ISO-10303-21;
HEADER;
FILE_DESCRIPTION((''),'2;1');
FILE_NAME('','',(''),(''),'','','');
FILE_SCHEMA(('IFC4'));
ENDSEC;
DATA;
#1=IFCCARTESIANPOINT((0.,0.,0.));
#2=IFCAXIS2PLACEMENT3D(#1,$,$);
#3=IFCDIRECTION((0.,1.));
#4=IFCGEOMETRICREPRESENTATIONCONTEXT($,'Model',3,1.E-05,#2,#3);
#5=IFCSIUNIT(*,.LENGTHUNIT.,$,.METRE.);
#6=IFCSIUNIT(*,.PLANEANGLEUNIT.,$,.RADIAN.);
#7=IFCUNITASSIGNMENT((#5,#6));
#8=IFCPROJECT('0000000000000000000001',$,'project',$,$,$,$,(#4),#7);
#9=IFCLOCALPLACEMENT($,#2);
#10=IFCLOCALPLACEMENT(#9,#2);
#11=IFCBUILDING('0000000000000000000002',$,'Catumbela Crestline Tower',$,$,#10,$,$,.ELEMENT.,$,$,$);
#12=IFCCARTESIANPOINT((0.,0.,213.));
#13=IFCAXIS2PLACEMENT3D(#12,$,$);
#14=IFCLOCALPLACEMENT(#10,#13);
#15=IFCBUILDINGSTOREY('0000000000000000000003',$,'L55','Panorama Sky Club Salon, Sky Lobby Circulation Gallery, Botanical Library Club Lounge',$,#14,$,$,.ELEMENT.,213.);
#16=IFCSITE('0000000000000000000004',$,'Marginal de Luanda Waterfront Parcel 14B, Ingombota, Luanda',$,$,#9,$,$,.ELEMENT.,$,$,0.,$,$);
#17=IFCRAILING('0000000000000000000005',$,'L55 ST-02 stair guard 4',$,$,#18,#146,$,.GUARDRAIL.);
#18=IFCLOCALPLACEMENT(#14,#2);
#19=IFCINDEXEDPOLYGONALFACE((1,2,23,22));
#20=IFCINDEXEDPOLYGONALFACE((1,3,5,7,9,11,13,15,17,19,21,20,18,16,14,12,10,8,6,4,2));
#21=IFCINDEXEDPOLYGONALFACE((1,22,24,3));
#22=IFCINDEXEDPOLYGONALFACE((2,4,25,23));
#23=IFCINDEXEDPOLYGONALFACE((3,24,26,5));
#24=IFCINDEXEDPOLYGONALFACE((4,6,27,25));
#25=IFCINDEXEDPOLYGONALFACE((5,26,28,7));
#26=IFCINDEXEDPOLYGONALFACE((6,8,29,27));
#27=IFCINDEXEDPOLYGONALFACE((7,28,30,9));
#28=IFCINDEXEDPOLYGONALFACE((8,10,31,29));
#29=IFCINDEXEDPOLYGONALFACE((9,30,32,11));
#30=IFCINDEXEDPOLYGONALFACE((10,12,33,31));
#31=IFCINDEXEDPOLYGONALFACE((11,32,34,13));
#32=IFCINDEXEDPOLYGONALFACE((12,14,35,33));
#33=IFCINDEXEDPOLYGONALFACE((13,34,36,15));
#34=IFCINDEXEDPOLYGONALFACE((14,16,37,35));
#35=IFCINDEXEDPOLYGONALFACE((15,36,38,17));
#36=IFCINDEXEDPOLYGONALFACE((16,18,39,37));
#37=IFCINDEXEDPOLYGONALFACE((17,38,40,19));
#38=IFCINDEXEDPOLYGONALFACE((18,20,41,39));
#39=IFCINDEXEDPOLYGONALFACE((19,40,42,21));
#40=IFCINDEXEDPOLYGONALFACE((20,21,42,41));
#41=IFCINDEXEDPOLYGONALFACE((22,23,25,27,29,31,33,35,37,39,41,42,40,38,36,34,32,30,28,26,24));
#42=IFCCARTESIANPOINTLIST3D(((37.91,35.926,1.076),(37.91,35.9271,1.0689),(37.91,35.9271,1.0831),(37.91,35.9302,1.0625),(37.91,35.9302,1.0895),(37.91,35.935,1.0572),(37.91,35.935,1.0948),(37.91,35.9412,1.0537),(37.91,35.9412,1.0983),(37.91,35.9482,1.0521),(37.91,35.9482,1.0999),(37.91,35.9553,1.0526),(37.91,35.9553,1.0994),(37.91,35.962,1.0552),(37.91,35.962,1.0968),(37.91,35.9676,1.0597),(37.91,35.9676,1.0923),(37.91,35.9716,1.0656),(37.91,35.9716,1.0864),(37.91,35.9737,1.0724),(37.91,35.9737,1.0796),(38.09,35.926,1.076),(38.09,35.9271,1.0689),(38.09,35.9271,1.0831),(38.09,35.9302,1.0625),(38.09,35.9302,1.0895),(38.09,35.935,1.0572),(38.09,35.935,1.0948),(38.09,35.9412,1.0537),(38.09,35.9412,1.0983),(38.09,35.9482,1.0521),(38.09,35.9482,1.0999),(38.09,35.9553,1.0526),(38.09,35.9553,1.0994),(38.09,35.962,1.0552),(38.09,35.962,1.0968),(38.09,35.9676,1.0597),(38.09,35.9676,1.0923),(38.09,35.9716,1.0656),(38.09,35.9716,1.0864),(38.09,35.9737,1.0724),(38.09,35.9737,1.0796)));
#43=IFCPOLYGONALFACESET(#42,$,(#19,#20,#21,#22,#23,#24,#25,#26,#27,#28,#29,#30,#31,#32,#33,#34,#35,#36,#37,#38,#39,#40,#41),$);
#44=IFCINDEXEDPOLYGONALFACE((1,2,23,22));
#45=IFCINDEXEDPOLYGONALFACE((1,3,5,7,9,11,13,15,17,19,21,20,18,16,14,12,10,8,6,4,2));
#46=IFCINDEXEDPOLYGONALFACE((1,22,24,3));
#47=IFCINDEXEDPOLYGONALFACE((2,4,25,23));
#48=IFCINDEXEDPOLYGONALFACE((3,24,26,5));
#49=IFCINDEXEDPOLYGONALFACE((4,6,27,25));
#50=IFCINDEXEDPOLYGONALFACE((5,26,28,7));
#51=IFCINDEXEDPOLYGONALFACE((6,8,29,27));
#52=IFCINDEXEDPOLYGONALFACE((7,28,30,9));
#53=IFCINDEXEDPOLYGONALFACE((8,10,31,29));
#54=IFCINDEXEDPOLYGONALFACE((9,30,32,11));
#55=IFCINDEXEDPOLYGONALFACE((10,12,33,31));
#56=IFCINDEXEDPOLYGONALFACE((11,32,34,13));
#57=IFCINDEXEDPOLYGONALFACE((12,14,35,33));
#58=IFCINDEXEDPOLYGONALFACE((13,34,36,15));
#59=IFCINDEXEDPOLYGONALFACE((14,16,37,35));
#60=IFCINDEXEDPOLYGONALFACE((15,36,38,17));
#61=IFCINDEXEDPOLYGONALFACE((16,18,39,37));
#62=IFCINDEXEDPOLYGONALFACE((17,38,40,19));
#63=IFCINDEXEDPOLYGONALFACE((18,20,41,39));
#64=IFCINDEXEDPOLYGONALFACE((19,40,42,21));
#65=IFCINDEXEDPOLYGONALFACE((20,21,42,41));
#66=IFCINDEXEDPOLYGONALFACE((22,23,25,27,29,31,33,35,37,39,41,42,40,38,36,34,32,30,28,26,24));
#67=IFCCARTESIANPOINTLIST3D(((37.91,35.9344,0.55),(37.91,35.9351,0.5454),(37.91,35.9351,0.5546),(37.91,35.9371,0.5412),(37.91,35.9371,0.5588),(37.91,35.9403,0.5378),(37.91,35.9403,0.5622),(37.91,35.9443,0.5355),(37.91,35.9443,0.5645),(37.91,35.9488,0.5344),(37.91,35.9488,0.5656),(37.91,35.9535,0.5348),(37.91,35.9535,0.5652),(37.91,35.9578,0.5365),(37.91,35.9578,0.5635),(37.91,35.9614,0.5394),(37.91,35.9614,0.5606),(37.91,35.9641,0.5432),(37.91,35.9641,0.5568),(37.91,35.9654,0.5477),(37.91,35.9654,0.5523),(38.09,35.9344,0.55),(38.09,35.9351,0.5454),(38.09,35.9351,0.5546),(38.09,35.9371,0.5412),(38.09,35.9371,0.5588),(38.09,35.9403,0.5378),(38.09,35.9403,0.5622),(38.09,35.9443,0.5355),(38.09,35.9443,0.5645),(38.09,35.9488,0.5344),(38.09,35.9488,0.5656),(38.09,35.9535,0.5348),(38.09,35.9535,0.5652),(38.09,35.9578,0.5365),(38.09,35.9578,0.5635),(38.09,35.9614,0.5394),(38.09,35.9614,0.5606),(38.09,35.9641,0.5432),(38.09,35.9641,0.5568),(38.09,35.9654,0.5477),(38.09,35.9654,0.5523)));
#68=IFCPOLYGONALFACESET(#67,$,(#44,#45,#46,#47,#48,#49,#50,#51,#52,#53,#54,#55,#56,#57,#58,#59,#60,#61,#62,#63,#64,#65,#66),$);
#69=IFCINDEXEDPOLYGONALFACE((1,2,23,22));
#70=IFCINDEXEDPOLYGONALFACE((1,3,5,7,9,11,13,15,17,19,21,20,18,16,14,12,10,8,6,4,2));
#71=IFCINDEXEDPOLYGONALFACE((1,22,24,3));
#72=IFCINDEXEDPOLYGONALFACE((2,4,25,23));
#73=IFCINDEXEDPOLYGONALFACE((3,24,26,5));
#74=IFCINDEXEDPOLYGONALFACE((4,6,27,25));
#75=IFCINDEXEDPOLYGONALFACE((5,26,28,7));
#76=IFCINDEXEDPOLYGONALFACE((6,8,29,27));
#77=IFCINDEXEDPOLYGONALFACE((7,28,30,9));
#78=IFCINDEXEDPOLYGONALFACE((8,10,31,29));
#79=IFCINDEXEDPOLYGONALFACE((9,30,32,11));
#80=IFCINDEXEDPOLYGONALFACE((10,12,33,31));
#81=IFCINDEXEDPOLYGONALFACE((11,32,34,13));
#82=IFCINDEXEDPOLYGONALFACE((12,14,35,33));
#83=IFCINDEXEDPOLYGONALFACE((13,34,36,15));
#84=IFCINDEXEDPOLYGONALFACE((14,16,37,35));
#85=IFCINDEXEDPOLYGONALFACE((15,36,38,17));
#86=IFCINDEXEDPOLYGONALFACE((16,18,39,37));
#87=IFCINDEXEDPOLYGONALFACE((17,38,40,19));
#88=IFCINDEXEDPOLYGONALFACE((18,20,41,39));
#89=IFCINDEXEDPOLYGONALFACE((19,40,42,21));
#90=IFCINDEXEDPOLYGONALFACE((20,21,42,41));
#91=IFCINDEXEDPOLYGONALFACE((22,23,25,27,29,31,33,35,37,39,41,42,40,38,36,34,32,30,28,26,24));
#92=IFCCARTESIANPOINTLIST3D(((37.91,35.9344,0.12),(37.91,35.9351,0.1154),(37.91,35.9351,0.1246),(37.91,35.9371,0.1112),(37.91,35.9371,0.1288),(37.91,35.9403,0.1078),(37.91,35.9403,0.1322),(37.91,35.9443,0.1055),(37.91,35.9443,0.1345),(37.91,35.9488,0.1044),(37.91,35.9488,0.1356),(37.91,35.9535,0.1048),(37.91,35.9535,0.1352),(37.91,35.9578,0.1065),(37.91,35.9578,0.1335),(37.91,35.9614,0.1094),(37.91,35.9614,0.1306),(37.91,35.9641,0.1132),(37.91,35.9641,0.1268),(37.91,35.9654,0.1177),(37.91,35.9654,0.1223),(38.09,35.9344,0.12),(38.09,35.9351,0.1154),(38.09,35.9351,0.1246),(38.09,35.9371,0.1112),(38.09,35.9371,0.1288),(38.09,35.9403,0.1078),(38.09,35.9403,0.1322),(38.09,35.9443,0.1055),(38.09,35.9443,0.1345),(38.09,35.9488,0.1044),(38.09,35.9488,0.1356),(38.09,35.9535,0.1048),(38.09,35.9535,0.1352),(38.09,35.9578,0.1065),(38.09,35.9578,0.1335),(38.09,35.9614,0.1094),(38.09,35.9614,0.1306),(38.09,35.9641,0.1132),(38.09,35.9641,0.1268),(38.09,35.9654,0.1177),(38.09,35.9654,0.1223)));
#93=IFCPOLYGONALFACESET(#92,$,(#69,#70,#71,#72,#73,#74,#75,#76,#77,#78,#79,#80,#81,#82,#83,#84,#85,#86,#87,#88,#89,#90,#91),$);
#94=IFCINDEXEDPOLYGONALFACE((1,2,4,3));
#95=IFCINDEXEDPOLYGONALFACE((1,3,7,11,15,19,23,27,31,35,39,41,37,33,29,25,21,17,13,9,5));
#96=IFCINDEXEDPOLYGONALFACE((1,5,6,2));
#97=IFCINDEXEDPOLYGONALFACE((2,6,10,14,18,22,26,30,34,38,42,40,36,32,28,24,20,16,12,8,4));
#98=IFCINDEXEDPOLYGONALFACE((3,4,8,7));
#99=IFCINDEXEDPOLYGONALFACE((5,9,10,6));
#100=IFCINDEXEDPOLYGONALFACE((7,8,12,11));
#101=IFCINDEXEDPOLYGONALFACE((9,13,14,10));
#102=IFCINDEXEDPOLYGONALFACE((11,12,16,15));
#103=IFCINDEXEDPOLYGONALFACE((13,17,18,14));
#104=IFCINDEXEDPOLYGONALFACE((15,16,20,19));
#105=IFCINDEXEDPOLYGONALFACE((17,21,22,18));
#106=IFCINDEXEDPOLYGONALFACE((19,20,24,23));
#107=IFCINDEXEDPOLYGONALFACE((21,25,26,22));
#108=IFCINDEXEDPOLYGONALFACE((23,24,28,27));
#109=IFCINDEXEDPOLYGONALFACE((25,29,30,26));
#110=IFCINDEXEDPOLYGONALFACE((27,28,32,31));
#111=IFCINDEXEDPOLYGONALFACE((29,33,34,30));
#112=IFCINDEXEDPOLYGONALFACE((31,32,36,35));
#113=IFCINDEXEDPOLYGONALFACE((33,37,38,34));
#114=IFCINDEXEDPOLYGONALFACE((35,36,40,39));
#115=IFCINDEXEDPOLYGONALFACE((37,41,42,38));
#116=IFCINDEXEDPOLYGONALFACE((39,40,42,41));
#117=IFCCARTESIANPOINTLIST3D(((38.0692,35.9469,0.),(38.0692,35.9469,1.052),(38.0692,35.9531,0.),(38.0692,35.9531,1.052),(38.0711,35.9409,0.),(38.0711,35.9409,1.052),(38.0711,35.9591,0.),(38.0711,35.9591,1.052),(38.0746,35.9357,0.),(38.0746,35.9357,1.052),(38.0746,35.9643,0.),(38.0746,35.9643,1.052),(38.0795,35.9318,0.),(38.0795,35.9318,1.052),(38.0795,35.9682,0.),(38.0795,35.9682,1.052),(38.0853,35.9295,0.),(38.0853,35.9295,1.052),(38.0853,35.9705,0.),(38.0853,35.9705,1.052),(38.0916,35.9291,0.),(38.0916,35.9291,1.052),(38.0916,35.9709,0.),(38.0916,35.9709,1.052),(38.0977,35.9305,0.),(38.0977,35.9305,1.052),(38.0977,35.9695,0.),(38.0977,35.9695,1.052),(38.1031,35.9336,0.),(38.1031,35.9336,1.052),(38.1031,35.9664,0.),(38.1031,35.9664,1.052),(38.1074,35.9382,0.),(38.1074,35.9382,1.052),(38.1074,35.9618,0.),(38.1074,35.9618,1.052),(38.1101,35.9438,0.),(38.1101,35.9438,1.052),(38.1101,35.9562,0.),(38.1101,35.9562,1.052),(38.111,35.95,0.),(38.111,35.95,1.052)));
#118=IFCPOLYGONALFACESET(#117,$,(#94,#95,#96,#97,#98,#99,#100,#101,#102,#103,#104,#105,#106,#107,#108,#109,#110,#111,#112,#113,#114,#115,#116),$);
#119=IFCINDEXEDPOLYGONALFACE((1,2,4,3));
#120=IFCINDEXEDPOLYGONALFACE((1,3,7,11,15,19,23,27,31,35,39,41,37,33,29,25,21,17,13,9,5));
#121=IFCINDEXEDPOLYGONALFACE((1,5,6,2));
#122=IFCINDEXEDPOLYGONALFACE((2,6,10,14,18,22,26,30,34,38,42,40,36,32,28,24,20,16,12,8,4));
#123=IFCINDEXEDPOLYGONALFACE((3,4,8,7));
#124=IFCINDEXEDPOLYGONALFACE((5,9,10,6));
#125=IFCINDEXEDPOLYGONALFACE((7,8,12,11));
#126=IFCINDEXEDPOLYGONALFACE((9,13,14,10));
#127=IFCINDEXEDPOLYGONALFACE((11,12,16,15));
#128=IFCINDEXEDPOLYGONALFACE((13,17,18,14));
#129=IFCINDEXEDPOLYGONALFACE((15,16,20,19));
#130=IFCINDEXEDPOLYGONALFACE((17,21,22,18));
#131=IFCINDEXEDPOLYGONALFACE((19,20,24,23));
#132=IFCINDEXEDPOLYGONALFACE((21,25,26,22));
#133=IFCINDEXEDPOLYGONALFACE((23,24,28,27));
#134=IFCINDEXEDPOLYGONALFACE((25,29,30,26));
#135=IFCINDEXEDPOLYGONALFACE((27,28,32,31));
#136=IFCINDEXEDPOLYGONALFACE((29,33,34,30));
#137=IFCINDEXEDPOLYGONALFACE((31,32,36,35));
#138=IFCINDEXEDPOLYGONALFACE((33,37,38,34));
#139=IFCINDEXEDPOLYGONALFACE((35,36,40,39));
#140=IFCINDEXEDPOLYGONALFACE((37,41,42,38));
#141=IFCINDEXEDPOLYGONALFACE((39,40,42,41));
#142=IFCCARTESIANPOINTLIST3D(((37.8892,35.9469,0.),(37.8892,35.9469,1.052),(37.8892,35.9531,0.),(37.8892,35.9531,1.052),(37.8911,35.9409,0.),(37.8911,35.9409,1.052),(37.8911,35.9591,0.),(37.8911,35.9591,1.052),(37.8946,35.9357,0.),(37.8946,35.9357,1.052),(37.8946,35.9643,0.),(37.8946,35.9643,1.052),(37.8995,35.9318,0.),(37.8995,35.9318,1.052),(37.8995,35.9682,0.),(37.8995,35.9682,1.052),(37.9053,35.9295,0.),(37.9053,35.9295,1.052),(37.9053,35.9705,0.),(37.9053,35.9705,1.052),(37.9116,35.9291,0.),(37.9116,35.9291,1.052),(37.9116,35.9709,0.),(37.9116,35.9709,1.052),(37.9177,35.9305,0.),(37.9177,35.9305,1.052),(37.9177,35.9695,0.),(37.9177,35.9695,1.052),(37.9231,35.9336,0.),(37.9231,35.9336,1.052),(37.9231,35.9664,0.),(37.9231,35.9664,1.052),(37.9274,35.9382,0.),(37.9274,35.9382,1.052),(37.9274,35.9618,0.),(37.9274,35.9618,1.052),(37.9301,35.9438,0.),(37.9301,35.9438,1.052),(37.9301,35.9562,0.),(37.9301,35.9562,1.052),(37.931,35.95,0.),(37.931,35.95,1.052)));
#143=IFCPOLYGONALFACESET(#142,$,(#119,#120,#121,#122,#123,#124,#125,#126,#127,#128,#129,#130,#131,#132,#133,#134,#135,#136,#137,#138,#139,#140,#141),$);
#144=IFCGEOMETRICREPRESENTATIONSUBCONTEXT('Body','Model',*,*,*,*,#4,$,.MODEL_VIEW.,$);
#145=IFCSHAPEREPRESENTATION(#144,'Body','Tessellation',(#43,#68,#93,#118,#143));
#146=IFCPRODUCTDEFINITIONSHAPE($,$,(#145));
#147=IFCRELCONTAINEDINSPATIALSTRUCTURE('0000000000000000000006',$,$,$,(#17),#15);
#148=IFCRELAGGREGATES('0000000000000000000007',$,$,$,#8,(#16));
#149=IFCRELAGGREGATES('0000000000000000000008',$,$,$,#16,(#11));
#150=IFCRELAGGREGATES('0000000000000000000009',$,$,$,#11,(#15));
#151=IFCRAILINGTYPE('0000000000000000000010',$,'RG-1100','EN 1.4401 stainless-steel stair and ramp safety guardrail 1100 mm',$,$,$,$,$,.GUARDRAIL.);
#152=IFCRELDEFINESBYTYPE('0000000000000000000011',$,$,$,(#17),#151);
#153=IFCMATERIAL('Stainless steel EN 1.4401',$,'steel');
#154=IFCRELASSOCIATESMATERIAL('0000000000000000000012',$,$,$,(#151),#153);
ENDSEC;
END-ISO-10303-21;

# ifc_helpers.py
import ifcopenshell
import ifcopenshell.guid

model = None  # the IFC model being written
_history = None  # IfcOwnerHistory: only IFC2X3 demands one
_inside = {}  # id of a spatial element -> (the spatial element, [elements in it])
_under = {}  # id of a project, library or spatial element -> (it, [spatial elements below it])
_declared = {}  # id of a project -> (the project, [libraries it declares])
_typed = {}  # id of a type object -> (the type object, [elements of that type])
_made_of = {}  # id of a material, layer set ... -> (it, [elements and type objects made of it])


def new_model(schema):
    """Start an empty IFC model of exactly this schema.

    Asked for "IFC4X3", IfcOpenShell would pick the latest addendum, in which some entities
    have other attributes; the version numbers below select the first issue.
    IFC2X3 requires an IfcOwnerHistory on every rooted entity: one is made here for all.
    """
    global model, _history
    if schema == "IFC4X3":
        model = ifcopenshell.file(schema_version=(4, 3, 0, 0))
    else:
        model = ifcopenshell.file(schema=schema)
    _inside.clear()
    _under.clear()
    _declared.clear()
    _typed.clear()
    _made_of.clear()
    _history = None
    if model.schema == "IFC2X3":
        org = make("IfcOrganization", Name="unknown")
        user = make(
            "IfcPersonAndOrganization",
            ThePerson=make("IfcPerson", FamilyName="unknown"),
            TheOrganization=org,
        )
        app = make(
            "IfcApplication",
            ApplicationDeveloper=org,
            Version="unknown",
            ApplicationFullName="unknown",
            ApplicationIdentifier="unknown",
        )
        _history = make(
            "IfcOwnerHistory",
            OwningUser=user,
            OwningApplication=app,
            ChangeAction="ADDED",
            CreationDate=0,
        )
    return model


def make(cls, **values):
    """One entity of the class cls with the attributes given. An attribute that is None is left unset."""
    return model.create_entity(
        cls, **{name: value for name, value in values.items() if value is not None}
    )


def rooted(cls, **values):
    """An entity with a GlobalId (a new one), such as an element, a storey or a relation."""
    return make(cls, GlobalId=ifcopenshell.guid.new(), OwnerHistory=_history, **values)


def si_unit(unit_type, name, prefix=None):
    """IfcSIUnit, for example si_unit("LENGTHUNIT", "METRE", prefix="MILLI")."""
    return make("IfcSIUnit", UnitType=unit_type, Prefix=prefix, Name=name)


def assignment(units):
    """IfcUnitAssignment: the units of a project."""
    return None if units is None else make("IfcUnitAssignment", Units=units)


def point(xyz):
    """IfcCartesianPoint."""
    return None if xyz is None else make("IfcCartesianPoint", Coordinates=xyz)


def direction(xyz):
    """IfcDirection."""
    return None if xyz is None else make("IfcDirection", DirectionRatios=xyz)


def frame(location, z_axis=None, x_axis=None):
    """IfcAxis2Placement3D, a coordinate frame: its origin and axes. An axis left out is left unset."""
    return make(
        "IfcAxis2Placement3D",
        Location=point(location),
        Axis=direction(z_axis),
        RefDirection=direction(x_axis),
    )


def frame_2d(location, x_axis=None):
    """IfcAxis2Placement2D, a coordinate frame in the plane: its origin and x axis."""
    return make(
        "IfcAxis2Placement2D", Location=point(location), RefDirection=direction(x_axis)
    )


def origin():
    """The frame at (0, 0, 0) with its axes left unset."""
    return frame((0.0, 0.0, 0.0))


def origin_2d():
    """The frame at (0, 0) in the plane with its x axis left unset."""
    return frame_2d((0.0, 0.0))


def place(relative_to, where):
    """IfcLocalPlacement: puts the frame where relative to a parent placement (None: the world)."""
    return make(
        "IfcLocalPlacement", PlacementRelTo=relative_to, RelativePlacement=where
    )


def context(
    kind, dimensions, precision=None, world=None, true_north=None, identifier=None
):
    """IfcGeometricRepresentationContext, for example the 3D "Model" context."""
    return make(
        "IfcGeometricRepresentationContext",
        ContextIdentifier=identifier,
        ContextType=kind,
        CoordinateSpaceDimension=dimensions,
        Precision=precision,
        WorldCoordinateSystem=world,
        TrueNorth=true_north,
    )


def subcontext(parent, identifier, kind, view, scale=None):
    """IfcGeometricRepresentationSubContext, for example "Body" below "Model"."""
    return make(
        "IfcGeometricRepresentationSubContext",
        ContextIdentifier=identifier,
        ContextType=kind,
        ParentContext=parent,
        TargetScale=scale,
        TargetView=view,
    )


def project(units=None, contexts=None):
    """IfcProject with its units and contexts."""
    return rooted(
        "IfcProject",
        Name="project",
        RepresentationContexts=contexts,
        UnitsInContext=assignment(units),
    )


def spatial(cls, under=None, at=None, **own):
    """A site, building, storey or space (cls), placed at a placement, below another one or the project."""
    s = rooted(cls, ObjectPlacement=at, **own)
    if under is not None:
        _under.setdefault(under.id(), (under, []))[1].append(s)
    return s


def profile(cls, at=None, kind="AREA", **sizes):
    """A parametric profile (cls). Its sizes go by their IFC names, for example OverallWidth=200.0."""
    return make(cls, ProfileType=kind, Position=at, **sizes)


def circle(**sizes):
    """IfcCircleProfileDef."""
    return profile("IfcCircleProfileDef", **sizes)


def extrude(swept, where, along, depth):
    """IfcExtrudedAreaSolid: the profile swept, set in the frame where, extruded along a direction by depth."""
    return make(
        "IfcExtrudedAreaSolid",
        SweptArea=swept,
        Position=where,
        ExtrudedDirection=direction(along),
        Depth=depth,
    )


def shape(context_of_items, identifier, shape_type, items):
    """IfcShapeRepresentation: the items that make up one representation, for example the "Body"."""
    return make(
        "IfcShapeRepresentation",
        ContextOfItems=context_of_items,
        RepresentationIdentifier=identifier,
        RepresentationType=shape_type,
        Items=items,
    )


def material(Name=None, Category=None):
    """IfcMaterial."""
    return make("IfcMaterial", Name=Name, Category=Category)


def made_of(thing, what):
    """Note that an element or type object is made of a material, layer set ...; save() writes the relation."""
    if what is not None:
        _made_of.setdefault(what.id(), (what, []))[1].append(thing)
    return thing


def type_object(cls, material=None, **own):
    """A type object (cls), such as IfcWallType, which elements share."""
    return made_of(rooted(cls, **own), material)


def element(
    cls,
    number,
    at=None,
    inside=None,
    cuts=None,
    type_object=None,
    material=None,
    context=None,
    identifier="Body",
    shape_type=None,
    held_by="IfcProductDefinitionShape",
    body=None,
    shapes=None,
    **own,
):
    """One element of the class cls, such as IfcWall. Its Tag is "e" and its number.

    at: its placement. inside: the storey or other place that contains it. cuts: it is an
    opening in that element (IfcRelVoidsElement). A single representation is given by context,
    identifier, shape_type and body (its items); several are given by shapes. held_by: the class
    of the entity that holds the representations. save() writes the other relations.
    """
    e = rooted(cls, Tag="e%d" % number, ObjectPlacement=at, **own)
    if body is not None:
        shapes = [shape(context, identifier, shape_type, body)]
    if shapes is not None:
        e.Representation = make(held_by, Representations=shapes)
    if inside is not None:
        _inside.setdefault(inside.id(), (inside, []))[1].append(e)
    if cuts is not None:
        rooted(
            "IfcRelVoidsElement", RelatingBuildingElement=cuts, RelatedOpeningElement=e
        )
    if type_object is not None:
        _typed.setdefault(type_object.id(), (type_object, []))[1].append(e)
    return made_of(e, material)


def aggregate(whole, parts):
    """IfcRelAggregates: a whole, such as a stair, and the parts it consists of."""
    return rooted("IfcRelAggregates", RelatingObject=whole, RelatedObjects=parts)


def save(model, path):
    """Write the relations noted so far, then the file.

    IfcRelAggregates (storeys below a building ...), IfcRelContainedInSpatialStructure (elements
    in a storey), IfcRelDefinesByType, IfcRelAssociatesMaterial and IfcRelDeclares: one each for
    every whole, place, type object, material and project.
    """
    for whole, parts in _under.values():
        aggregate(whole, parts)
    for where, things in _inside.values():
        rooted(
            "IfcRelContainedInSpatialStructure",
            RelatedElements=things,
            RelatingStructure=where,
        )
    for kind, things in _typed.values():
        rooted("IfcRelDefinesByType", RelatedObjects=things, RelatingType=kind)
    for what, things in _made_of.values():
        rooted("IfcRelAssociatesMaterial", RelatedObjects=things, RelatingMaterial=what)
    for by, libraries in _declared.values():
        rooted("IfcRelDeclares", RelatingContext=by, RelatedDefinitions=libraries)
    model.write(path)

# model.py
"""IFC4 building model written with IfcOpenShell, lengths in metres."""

from ifc_helpers import new_model, si_unit, direction, frame, origin, origin_2d, place, context, subcontext, project, spatial, circle, extrude, material, type_object, element, save


model = new_model("IFC4")

# Units and contexts
model_context = context("Model", 3, precision=1e-05, world=origin(), true_north=direction((0.0, 1.0)))
body_context = subcontext(model_context, "Body", "Model", "MODEL_VIEW")
ifc_project = project(units=[si_unit("LENGTHUNIT", "METRE"), si_unit("PLANEANGLEUNIT", "RADIAN")], contexts=[model_context])

# Site, building, storey
site_placement = place(None, origin())
site = spatial("IfcSite", under=ifc_project, at=site_placement, Name="Marginal de Luanda Waterfront Parcel 14B, Ingombota, Luanda", CompositionType="ELEMENT", RefElevation=0.0)
building_placement = place(site_placement, origin())
building = spatial("IfcBuilding", under=site, at=building_placement, Name="Catumbela Crestline Tower", CompositionType="ELEMENT")
storey_placement = place(building_placement, frame((0.0, 0.0, 213.0)))
storey = spatial("IfcBuildingStorey", under=building, at=storey_placement, Name="L55", Description="Panorama Sky Club Salon, Sky Lobby Circulation Gallery, Botanical Library Club Lounge", CompositionType="ELEMENT", Elevation=213.0)

# Shared definitions
ifc_material_1 = material(Name="Stainless steel EN 1.4401", Category="steel")

# Railing
railing_type_1 = type_object("IfcRailingType", Name="RG-1100", Description="EN 1.4401 stainless-steel stair and ramp safety guardrail 1100 mm", PredefinedType="GUARDRAIL", material=ifc_material_1)
railing_1_placement = place(storey_placement, frame((38.09, 35.95, 0.0)))
element("IfcRailing", 1, at=railing_1_placement, inside=storey, type_object=railing_type_1, Name="L55 ST-02 stair guard 4", PredefinedType="GUARDRAIL", context=body_context, shape_type="SweptSolid", body=[
    extrude(circle(Radius=0.024, at=origin_2d()), frame((0.0, 0.0, 1.076), z_axis=(-1.0, 0.0, 0.0), x_axis=(0.0, -1.0, 0.0)), (0.0, 0.0, 1.0), 0.18),
    extrude(circle(Radius=0.0156, at=origin_2d()), frame((0.0, 0.0, 0.55), z_axis=(-1.0, 0.0, 0.0), x_axis=(0.0, -1.0, 0.0)), (0.0, 0.0, 1.0), 0.18),
    extrude(circle(Radius=0.0156, at=origin_2d()), frame((0.0, 0.0, 0.12), z_axis=(-1.0, 0.0, 0.0), x_axis=(0.0, -1.0, 0.0)), (0.0, 0.0, 1.0), 0.18),
    extrude(circle(Radius=0.021, at=origin_2d()), origin(), (0.0, 0.0, 1.0), 1.052),
    extrude(circle(Radius=0.021, at=origin_2d()), frame((-0.18, 0.0, 0.0)), (0.0, 0.0, 1.0), 1.052),
])

save(model, "model.ifc")
